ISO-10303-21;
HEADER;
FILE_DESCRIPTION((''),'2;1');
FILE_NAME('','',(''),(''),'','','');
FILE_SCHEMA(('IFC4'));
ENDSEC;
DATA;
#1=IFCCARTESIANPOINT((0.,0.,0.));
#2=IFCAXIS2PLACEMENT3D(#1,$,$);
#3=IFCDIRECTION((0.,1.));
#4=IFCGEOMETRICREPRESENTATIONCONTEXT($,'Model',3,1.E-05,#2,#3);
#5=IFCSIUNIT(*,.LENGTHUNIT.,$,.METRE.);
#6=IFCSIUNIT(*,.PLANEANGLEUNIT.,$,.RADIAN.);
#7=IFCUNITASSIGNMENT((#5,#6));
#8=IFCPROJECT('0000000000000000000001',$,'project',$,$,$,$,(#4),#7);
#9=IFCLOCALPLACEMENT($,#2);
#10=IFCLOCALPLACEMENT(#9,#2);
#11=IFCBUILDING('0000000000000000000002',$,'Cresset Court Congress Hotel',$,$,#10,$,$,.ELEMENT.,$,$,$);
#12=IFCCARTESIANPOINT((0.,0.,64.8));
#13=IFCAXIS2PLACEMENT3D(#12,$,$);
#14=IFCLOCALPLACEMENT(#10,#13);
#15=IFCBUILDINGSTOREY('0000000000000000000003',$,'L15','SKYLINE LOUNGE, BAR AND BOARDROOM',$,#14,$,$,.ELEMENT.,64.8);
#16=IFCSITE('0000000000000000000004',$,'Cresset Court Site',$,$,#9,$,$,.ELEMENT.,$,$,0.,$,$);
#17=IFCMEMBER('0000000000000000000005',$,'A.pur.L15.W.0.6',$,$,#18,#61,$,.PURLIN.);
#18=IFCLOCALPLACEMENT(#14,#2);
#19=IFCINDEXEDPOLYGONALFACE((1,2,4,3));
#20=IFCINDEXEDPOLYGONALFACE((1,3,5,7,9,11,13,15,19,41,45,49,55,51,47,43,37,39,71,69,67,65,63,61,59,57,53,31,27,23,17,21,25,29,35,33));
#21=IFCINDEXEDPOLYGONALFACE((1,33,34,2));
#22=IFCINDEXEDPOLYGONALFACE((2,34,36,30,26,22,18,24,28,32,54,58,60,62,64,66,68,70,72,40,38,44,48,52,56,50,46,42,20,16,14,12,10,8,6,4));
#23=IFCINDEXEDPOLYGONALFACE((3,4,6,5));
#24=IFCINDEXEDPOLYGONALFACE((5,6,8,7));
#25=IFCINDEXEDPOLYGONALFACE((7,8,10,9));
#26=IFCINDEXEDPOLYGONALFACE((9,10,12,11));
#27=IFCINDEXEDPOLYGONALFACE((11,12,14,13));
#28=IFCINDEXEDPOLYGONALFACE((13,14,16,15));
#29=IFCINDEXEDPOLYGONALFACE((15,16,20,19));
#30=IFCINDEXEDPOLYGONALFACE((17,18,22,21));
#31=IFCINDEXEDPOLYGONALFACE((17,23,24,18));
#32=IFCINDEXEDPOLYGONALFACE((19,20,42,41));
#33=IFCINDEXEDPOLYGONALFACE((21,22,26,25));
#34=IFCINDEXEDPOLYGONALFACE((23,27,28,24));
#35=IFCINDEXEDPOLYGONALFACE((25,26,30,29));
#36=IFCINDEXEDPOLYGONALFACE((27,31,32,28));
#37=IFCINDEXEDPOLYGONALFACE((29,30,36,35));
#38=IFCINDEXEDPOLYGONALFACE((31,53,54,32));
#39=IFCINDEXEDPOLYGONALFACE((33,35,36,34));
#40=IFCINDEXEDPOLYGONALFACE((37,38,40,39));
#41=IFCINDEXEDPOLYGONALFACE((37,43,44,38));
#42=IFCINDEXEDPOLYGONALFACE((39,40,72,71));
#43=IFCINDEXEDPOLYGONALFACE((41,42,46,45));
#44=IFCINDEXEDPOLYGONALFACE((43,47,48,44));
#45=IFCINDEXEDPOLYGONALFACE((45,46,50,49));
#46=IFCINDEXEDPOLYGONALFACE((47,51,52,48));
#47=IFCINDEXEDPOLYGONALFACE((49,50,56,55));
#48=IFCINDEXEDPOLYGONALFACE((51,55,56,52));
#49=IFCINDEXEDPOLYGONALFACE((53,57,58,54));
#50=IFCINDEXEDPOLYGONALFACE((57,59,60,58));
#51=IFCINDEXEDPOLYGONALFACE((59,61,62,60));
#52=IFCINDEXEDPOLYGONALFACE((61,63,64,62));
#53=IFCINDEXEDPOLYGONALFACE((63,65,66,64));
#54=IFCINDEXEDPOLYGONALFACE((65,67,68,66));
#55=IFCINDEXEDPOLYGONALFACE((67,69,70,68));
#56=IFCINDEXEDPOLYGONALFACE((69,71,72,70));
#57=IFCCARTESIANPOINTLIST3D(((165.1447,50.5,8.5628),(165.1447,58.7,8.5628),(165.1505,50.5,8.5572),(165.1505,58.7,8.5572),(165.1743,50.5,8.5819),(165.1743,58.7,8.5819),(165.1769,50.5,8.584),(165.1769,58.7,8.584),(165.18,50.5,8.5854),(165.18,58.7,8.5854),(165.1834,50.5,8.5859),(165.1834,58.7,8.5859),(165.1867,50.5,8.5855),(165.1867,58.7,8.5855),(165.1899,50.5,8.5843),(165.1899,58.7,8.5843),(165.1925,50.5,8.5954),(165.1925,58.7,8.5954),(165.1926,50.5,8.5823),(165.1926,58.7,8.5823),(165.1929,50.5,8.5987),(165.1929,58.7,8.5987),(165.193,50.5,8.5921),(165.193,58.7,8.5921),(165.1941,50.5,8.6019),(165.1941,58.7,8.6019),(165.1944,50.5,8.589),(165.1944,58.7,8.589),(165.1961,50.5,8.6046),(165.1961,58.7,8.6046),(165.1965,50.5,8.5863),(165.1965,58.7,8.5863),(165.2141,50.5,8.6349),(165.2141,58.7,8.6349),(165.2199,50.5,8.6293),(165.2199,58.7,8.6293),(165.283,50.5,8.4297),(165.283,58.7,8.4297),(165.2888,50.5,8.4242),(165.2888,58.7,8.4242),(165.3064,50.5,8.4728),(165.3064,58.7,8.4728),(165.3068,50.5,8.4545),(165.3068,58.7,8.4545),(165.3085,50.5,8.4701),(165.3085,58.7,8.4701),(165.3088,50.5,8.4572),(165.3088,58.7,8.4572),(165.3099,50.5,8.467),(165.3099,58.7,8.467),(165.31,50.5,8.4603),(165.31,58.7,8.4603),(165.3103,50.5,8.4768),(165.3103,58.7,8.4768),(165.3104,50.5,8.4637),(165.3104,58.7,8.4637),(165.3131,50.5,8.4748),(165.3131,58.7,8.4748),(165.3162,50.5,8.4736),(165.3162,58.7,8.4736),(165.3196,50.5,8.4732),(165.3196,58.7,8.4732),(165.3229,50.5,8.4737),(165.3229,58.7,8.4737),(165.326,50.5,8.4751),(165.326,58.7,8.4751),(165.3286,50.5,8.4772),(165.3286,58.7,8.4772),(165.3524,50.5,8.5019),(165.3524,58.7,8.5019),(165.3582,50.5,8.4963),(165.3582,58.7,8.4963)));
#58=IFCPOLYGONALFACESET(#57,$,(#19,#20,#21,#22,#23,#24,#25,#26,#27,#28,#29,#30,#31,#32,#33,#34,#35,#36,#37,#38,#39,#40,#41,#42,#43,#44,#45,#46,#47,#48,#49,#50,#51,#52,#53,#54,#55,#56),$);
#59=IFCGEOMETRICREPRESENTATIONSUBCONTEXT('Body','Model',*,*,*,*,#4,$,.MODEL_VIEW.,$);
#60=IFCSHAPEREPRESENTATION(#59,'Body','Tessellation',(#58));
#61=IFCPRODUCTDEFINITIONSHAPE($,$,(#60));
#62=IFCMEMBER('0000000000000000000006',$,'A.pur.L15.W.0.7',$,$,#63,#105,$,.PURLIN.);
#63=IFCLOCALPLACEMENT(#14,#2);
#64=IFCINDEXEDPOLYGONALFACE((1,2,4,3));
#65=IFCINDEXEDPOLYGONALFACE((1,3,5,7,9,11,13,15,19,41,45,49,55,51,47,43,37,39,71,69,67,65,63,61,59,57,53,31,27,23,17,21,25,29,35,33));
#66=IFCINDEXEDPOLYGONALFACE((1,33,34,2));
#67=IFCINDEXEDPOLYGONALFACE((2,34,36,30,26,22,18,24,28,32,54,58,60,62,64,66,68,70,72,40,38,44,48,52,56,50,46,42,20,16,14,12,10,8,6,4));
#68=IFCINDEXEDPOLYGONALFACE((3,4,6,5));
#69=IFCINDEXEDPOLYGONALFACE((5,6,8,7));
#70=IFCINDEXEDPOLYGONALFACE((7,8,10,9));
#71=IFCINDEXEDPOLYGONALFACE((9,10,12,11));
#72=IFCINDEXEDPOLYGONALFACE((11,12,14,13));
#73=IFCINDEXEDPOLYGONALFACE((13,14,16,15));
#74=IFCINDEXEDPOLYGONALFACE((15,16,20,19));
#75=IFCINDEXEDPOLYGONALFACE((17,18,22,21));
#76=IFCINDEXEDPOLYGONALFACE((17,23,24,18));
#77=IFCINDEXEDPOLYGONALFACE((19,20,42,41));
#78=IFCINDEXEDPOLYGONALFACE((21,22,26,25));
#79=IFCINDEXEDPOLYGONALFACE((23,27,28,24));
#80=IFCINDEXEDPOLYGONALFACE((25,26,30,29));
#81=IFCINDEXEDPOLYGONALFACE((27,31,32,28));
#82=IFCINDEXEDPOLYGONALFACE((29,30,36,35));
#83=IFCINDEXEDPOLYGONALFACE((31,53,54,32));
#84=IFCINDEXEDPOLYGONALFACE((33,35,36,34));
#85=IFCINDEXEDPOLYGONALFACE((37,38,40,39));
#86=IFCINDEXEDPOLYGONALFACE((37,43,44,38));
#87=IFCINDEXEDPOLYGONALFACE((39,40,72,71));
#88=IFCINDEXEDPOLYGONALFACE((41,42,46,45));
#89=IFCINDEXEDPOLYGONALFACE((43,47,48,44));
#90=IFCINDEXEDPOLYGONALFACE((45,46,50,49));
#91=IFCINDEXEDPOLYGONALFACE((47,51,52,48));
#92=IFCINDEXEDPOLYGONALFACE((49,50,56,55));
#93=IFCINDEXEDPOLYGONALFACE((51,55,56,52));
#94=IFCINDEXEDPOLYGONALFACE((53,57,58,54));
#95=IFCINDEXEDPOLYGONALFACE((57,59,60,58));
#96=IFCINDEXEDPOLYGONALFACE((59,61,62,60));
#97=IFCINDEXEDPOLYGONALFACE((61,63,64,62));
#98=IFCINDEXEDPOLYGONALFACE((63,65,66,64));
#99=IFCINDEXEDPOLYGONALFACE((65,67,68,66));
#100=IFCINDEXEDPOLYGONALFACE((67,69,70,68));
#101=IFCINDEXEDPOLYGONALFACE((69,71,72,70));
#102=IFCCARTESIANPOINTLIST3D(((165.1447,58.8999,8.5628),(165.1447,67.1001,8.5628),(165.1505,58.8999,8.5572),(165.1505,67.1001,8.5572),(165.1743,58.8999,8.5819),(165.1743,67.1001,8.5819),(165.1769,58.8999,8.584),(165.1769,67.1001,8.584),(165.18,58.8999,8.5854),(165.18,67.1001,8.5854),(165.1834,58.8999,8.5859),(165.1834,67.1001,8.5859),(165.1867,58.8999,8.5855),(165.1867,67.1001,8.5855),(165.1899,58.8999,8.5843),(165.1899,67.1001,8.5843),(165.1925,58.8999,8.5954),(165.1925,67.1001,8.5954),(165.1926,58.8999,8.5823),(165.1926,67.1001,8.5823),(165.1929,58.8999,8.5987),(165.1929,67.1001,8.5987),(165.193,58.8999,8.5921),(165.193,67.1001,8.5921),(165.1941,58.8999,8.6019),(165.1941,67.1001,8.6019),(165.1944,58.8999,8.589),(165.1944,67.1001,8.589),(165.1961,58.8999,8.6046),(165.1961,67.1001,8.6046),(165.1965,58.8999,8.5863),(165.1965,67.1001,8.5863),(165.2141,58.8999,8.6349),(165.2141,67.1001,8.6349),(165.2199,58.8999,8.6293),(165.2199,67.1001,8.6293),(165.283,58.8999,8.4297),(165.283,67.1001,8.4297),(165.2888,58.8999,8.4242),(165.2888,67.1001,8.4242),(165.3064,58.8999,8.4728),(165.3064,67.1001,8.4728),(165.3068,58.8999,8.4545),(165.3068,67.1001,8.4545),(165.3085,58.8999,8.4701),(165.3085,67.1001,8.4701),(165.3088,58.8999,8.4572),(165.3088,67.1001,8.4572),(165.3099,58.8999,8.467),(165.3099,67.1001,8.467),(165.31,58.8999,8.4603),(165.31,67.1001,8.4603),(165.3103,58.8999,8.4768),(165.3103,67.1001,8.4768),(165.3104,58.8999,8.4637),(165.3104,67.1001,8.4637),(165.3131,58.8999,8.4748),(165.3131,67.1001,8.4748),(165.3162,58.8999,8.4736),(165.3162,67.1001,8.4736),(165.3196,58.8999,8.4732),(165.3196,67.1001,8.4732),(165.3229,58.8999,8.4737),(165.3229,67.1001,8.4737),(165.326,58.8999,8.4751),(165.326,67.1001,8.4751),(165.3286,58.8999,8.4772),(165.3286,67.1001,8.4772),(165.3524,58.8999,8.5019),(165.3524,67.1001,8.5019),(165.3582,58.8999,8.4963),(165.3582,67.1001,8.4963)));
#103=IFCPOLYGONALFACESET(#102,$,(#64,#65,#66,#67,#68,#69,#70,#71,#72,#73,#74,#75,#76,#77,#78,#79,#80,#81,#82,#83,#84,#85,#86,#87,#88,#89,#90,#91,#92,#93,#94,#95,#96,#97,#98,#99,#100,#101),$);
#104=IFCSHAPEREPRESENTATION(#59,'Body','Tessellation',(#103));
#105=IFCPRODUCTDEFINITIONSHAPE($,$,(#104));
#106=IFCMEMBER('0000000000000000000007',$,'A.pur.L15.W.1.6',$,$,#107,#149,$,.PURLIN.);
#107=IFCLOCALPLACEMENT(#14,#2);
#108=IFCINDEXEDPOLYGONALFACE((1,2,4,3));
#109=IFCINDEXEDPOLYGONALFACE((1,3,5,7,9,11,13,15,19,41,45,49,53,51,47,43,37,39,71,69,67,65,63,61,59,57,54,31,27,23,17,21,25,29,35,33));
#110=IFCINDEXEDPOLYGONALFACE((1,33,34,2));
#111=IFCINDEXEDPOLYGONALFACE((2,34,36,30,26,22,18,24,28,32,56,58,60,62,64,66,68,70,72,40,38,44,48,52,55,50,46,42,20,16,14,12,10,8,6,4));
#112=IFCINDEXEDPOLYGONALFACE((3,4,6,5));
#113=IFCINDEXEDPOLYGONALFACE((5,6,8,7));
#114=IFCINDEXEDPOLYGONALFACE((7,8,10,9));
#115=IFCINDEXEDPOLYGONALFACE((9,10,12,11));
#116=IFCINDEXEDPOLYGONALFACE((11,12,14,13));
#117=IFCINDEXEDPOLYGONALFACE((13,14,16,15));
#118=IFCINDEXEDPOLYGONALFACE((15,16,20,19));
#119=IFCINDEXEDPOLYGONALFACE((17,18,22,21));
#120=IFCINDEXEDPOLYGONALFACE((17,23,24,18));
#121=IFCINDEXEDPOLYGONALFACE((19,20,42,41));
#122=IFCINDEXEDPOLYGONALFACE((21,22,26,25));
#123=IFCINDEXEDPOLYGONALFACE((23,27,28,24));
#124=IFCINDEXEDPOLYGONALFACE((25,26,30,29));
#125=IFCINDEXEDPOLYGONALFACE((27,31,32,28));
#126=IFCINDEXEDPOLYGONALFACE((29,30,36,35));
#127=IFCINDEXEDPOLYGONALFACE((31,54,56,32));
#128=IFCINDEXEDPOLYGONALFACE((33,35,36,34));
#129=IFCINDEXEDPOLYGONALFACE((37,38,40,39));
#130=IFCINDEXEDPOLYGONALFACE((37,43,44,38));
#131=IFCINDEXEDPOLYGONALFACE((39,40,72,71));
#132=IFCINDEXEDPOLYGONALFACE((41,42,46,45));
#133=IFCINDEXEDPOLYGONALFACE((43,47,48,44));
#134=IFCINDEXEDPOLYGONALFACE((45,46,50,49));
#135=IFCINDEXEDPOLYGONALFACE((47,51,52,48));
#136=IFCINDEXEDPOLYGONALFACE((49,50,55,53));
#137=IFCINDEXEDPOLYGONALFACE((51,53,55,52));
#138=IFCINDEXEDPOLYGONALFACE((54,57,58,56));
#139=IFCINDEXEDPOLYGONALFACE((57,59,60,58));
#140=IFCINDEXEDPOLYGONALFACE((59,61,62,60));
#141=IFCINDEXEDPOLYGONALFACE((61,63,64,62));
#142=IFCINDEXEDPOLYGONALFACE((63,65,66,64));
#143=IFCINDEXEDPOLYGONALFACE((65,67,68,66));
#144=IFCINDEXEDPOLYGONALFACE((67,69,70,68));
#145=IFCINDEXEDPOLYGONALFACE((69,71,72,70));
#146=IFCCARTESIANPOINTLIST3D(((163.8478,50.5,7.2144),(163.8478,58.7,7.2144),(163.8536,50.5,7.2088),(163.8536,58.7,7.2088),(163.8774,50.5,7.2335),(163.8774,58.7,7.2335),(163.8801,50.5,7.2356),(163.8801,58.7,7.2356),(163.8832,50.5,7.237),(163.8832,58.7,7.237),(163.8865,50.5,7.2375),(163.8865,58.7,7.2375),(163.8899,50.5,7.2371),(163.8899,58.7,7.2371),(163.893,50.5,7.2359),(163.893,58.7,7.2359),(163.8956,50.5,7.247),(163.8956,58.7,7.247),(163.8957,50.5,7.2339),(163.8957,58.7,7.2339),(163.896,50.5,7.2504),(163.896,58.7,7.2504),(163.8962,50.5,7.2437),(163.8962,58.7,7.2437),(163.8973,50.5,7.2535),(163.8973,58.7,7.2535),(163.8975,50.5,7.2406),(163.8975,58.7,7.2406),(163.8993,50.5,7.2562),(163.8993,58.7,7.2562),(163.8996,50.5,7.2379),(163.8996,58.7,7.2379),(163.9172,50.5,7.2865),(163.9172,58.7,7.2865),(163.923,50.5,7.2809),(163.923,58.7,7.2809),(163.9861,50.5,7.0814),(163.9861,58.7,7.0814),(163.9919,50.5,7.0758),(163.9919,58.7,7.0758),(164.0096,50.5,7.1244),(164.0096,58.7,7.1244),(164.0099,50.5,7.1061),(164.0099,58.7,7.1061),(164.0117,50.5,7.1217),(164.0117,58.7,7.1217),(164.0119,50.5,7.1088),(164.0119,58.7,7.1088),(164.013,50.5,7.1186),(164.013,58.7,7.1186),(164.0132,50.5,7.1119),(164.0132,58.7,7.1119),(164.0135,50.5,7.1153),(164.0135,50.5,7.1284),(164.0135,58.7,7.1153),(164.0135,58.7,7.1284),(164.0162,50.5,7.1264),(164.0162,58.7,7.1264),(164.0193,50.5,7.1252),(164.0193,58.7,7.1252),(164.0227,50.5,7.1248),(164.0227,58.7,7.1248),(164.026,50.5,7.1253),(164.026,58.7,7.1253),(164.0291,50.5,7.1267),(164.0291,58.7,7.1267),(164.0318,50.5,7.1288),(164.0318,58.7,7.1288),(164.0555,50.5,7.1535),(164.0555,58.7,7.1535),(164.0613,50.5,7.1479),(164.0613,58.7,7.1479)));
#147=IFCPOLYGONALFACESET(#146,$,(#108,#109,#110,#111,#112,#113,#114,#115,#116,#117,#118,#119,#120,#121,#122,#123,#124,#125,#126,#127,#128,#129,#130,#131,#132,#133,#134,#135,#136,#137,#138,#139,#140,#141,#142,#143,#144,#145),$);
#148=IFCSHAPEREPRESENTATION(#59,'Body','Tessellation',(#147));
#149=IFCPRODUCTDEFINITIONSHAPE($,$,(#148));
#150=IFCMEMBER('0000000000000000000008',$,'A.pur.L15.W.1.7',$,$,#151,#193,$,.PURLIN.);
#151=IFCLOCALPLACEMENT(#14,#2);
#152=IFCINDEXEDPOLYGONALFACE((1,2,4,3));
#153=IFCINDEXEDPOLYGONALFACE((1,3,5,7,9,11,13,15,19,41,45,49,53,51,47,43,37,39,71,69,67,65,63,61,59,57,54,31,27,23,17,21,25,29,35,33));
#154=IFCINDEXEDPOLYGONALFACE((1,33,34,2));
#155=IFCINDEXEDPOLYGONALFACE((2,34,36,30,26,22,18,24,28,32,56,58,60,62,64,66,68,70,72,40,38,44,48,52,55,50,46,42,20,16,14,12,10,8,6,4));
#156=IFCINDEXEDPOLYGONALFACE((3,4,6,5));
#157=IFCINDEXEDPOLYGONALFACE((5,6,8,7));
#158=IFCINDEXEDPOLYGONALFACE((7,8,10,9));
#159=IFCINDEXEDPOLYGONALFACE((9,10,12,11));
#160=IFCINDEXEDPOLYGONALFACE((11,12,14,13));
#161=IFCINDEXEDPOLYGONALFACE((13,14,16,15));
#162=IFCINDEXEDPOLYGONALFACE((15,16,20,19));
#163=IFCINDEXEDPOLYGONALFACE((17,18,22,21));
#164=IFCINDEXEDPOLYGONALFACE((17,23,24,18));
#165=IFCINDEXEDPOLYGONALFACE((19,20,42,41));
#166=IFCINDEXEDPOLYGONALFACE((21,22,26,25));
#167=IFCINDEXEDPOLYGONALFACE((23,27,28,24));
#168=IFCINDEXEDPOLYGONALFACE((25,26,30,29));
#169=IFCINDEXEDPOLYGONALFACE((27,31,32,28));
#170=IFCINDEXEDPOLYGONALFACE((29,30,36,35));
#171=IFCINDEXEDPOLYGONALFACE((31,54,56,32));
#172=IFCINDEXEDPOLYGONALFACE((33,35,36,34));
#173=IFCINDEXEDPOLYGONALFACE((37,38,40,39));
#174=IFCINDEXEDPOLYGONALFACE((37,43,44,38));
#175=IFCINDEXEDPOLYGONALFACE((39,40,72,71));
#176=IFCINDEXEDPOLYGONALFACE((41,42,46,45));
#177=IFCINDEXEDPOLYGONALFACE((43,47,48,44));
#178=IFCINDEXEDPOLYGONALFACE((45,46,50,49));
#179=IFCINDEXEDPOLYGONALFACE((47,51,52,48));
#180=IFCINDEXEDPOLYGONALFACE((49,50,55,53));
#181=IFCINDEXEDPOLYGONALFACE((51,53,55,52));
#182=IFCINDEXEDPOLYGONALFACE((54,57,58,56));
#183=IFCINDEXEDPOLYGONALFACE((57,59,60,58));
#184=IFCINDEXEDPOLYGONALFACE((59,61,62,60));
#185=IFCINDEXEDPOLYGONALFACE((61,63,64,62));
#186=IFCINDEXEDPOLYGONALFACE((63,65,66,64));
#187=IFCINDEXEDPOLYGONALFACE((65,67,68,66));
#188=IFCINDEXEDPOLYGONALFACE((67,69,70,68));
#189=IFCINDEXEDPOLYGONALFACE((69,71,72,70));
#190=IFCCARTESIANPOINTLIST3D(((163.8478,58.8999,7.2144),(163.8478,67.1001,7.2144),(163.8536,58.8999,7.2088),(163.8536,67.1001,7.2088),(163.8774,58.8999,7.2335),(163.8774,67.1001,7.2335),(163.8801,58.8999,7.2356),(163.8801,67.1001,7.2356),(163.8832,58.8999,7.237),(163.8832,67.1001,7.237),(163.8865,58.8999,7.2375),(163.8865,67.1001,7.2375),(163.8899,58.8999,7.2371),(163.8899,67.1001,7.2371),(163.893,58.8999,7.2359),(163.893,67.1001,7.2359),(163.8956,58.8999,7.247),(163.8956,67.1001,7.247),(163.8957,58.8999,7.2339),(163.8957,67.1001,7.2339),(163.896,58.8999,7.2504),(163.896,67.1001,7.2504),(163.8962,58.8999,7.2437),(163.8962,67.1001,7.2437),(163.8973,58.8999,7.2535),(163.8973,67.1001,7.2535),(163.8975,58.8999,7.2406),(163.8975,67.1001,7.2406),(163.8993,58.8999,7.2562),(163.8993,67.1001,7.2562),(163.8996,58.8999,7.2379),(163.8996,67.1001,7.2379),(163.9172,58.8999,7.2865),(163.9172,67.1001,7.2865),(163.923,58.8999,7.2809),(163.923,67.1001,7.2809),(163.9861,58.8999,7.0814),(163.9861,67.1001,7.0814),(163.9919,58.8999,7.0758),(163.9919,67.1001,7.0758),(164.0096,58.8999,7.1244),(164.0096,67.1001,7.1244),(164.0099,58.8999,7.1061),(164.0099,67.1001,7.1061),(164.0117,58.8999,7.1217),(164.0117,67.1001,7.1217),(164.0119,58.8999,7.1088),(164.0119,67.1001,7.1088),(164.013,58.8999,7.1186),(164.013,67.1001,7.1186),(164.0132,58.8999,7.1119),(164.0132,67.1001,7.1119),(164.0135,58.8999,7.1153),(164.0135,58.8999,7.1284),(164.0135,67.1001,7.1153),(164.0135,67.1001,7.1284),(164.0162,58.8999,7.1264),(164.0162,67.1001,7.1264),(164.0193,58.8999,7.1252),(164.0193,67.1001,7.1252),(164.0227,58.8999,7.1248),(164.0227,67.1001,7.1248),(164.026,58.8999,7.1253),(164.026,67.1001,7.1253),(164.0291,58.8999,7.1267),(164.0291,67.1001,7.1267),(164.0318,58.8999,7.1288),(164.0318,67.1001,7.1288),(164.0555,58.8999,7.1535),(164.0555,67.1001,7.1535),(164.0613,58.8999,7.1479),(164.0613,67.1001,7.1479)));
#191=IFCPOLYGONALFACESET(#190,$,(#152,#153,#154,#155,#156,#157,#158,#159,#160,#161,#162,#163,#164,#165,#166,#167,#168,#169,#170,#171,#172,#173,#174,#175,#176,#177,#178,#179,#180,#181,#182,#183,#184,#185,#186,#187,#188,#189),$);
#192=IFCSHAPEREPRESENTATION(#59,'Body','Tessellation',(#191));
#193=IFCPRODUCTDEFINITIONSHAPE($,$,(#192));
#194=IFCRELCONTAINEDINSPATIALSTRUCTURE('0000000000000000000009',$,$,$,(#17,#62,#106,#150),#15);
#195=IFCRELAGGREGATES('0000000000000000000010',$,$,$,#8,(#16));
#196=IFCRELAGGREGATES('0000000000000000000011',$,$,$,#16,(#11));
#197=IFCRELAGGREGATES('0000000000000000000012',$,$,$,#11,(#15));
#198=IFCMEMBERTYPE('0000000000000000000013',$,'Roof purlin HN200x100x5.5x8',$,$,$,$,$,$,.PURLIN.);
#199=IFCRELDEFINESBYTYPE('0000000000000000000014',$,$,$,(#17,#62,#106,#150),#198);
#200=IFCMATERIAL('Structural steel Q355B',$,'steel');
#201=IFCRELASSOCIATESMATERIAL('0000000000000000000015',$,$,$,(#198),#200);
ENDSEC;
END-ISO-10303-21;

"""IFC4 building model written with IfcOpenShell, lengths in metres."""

from ifc_helpers import new_model, si_unit, direction, frame, origin, origin_2d, place, context, subcontext, project, spatial, i_section, extrude, material, material_profile, profile_set, type_object, element, save


model = new_model("IFC4")

# Units and contexts
model_context = context("Model", 3, precision=1e-05, world=origin(), true_north=direction((0.0, 1.0)))
body_context = subcontext(model_context, "Body", "Model", "MODEL_VIEW")
ifc_project = project(units=[si_unit("LENGTHUNIT", "METRE"), si_unit("PLANEANGLEUNIT", "RADIAN")], contexts=[model_context])

# Site, building, storey
site_placement = place(None, origin())
site = spatial("IfcSite", under=ifc_project, at=site_placement, Name="Cresset Court Site", CompositionType="ELEMENT", RefElevation=0.0)
building_placement = place(site_placement, origin())
building = spatial("IfcBuilding", under=site, at=building_placement, Name="Cresset Court Congress Hotel", CompositionType="ELEMENT")
storey_placement = place(building_placement, frame((0.0, 0.0, 64.8)))
storey = spatial("IfcBuildingStorey", under=building, at=storey_placement, Name="L15", Description="SKYLINE LOUNGE, BAR AND BOARDROOM", CompositionType="ELEMENT", Elevation=64.8)

# Members
ifc_material_1 = material(Name="Structural steel Q355B", Category="steel")
ifc_material_profile_1 = material_profile(ifc_material_1, i_section(OverallWidth=0.1001, OverallDepth=0.2, WebThickness=0.0056, FlangeThickness=0.0081, FilletRadius=0.0129, at=origin_2d()), Name="HN200x100x5.5x8")
ifc_profile_set_1 = profile_set([ifc_material_profile_1], Name="Structural steel Q355B")
member_type_1 = type_object("IfcMemberType", Name="Roof purlin HN200x100x5.5x8", PredefinedType="PURLIN", material=ifc_profile_set_1)
member_1_placement = place(storey_placement, frame((165.2515, 50.5, 8.5295), z_axis=(0.0, 1.0, 0.0), x_axis=(-0.693246, 0.0, -0.720701)))
element("IfcMember", 1, at=member_1_placement, inside=storey, type_object=member_type_1, Name="A.pur.L15.W.0.6", PredefinedType="PURLIN", context=body_context, shape_type="SweptSolid", body=[
    extrude(i_section(OverallWidth=0.1001, OverallDepth=0.2, WebThickness=0.0056, FlangeThickness=0.0081, FilletRadius=0.0129, at=origin_2d()), origin(), (0.0, 0.0, 1.0), 8.2),
])
member_2_placement = place(storey_placement, frame((165.2515, 58.8999, 8.5295), z_axis=(0.0, 1.0, 0.0), x_axis=(-0.693246, 0.0, -0.720701)))
element("IfcMember", 2, at=member_2_placement, inside=storey, type_object=member_type_1, Name="A.pur.L15.W.0.7", PredefinedType="PURLIN", context=body_context, shape_type="SweptSolid", body=[
    extrude(i_section(OverallWidth=0.1001, OverallDepth=0.2, WebThickness=0.0056, FlangeThickness=0.0081, FilletRadius=0.0129, at=origin_2d()), origin(), (0.0, 0.0, 1.0), 8.2002),
])
member_3_placement = place(storey_placement, frame((163.9546, 50.5, 7.1812), z_axis=(0.0, 1.0, 0.0), x_axis=(-0.693246, 0.0, -0.720701)))
element("IfcMember", 3, at=member_3_placement, inside=storey, type_object=member_type_1, Name="A.pur.L15.W.1.6", PredefinedType="PURLIN", context=body_context, shape_type="SweptSolid", body=[
    extrude(i_section(OverallWidth=0.1001, OverallDepth=0.2, WebThickness=0.0056, FlangeThickness=0.0081, FilletRadius=0.0129, at=origin_2d()), origin(), (0.0, 0.0, 1.0), 8.2),
])
member_4_placement = place(storey_placement, frame((163.9546, 58.8999, 7.1812), z_axis=(0.0, 1.0, 0.0), x_axis=(-0.693246, 0.0, -0.720701)))
element("IfcMember", 4, at=member_4_placement, inside=storey, type_object=member_type_1, Name="A.pur.L15.W.1.7", PredefinedType="PURLIN", context=body_context, shape_type="SweptSolid", body=[
    extrude(i_section(OverallWidth=0.1001, OverallDepth=0.2, WebThickness=0.0056, FlangeThickness=0.0081, FilletRadius=0.0129, at=origin_2d()), origin(), (0.0, 0.0, 1.0), 8.2002),
])

save(model, "model.ifc")
